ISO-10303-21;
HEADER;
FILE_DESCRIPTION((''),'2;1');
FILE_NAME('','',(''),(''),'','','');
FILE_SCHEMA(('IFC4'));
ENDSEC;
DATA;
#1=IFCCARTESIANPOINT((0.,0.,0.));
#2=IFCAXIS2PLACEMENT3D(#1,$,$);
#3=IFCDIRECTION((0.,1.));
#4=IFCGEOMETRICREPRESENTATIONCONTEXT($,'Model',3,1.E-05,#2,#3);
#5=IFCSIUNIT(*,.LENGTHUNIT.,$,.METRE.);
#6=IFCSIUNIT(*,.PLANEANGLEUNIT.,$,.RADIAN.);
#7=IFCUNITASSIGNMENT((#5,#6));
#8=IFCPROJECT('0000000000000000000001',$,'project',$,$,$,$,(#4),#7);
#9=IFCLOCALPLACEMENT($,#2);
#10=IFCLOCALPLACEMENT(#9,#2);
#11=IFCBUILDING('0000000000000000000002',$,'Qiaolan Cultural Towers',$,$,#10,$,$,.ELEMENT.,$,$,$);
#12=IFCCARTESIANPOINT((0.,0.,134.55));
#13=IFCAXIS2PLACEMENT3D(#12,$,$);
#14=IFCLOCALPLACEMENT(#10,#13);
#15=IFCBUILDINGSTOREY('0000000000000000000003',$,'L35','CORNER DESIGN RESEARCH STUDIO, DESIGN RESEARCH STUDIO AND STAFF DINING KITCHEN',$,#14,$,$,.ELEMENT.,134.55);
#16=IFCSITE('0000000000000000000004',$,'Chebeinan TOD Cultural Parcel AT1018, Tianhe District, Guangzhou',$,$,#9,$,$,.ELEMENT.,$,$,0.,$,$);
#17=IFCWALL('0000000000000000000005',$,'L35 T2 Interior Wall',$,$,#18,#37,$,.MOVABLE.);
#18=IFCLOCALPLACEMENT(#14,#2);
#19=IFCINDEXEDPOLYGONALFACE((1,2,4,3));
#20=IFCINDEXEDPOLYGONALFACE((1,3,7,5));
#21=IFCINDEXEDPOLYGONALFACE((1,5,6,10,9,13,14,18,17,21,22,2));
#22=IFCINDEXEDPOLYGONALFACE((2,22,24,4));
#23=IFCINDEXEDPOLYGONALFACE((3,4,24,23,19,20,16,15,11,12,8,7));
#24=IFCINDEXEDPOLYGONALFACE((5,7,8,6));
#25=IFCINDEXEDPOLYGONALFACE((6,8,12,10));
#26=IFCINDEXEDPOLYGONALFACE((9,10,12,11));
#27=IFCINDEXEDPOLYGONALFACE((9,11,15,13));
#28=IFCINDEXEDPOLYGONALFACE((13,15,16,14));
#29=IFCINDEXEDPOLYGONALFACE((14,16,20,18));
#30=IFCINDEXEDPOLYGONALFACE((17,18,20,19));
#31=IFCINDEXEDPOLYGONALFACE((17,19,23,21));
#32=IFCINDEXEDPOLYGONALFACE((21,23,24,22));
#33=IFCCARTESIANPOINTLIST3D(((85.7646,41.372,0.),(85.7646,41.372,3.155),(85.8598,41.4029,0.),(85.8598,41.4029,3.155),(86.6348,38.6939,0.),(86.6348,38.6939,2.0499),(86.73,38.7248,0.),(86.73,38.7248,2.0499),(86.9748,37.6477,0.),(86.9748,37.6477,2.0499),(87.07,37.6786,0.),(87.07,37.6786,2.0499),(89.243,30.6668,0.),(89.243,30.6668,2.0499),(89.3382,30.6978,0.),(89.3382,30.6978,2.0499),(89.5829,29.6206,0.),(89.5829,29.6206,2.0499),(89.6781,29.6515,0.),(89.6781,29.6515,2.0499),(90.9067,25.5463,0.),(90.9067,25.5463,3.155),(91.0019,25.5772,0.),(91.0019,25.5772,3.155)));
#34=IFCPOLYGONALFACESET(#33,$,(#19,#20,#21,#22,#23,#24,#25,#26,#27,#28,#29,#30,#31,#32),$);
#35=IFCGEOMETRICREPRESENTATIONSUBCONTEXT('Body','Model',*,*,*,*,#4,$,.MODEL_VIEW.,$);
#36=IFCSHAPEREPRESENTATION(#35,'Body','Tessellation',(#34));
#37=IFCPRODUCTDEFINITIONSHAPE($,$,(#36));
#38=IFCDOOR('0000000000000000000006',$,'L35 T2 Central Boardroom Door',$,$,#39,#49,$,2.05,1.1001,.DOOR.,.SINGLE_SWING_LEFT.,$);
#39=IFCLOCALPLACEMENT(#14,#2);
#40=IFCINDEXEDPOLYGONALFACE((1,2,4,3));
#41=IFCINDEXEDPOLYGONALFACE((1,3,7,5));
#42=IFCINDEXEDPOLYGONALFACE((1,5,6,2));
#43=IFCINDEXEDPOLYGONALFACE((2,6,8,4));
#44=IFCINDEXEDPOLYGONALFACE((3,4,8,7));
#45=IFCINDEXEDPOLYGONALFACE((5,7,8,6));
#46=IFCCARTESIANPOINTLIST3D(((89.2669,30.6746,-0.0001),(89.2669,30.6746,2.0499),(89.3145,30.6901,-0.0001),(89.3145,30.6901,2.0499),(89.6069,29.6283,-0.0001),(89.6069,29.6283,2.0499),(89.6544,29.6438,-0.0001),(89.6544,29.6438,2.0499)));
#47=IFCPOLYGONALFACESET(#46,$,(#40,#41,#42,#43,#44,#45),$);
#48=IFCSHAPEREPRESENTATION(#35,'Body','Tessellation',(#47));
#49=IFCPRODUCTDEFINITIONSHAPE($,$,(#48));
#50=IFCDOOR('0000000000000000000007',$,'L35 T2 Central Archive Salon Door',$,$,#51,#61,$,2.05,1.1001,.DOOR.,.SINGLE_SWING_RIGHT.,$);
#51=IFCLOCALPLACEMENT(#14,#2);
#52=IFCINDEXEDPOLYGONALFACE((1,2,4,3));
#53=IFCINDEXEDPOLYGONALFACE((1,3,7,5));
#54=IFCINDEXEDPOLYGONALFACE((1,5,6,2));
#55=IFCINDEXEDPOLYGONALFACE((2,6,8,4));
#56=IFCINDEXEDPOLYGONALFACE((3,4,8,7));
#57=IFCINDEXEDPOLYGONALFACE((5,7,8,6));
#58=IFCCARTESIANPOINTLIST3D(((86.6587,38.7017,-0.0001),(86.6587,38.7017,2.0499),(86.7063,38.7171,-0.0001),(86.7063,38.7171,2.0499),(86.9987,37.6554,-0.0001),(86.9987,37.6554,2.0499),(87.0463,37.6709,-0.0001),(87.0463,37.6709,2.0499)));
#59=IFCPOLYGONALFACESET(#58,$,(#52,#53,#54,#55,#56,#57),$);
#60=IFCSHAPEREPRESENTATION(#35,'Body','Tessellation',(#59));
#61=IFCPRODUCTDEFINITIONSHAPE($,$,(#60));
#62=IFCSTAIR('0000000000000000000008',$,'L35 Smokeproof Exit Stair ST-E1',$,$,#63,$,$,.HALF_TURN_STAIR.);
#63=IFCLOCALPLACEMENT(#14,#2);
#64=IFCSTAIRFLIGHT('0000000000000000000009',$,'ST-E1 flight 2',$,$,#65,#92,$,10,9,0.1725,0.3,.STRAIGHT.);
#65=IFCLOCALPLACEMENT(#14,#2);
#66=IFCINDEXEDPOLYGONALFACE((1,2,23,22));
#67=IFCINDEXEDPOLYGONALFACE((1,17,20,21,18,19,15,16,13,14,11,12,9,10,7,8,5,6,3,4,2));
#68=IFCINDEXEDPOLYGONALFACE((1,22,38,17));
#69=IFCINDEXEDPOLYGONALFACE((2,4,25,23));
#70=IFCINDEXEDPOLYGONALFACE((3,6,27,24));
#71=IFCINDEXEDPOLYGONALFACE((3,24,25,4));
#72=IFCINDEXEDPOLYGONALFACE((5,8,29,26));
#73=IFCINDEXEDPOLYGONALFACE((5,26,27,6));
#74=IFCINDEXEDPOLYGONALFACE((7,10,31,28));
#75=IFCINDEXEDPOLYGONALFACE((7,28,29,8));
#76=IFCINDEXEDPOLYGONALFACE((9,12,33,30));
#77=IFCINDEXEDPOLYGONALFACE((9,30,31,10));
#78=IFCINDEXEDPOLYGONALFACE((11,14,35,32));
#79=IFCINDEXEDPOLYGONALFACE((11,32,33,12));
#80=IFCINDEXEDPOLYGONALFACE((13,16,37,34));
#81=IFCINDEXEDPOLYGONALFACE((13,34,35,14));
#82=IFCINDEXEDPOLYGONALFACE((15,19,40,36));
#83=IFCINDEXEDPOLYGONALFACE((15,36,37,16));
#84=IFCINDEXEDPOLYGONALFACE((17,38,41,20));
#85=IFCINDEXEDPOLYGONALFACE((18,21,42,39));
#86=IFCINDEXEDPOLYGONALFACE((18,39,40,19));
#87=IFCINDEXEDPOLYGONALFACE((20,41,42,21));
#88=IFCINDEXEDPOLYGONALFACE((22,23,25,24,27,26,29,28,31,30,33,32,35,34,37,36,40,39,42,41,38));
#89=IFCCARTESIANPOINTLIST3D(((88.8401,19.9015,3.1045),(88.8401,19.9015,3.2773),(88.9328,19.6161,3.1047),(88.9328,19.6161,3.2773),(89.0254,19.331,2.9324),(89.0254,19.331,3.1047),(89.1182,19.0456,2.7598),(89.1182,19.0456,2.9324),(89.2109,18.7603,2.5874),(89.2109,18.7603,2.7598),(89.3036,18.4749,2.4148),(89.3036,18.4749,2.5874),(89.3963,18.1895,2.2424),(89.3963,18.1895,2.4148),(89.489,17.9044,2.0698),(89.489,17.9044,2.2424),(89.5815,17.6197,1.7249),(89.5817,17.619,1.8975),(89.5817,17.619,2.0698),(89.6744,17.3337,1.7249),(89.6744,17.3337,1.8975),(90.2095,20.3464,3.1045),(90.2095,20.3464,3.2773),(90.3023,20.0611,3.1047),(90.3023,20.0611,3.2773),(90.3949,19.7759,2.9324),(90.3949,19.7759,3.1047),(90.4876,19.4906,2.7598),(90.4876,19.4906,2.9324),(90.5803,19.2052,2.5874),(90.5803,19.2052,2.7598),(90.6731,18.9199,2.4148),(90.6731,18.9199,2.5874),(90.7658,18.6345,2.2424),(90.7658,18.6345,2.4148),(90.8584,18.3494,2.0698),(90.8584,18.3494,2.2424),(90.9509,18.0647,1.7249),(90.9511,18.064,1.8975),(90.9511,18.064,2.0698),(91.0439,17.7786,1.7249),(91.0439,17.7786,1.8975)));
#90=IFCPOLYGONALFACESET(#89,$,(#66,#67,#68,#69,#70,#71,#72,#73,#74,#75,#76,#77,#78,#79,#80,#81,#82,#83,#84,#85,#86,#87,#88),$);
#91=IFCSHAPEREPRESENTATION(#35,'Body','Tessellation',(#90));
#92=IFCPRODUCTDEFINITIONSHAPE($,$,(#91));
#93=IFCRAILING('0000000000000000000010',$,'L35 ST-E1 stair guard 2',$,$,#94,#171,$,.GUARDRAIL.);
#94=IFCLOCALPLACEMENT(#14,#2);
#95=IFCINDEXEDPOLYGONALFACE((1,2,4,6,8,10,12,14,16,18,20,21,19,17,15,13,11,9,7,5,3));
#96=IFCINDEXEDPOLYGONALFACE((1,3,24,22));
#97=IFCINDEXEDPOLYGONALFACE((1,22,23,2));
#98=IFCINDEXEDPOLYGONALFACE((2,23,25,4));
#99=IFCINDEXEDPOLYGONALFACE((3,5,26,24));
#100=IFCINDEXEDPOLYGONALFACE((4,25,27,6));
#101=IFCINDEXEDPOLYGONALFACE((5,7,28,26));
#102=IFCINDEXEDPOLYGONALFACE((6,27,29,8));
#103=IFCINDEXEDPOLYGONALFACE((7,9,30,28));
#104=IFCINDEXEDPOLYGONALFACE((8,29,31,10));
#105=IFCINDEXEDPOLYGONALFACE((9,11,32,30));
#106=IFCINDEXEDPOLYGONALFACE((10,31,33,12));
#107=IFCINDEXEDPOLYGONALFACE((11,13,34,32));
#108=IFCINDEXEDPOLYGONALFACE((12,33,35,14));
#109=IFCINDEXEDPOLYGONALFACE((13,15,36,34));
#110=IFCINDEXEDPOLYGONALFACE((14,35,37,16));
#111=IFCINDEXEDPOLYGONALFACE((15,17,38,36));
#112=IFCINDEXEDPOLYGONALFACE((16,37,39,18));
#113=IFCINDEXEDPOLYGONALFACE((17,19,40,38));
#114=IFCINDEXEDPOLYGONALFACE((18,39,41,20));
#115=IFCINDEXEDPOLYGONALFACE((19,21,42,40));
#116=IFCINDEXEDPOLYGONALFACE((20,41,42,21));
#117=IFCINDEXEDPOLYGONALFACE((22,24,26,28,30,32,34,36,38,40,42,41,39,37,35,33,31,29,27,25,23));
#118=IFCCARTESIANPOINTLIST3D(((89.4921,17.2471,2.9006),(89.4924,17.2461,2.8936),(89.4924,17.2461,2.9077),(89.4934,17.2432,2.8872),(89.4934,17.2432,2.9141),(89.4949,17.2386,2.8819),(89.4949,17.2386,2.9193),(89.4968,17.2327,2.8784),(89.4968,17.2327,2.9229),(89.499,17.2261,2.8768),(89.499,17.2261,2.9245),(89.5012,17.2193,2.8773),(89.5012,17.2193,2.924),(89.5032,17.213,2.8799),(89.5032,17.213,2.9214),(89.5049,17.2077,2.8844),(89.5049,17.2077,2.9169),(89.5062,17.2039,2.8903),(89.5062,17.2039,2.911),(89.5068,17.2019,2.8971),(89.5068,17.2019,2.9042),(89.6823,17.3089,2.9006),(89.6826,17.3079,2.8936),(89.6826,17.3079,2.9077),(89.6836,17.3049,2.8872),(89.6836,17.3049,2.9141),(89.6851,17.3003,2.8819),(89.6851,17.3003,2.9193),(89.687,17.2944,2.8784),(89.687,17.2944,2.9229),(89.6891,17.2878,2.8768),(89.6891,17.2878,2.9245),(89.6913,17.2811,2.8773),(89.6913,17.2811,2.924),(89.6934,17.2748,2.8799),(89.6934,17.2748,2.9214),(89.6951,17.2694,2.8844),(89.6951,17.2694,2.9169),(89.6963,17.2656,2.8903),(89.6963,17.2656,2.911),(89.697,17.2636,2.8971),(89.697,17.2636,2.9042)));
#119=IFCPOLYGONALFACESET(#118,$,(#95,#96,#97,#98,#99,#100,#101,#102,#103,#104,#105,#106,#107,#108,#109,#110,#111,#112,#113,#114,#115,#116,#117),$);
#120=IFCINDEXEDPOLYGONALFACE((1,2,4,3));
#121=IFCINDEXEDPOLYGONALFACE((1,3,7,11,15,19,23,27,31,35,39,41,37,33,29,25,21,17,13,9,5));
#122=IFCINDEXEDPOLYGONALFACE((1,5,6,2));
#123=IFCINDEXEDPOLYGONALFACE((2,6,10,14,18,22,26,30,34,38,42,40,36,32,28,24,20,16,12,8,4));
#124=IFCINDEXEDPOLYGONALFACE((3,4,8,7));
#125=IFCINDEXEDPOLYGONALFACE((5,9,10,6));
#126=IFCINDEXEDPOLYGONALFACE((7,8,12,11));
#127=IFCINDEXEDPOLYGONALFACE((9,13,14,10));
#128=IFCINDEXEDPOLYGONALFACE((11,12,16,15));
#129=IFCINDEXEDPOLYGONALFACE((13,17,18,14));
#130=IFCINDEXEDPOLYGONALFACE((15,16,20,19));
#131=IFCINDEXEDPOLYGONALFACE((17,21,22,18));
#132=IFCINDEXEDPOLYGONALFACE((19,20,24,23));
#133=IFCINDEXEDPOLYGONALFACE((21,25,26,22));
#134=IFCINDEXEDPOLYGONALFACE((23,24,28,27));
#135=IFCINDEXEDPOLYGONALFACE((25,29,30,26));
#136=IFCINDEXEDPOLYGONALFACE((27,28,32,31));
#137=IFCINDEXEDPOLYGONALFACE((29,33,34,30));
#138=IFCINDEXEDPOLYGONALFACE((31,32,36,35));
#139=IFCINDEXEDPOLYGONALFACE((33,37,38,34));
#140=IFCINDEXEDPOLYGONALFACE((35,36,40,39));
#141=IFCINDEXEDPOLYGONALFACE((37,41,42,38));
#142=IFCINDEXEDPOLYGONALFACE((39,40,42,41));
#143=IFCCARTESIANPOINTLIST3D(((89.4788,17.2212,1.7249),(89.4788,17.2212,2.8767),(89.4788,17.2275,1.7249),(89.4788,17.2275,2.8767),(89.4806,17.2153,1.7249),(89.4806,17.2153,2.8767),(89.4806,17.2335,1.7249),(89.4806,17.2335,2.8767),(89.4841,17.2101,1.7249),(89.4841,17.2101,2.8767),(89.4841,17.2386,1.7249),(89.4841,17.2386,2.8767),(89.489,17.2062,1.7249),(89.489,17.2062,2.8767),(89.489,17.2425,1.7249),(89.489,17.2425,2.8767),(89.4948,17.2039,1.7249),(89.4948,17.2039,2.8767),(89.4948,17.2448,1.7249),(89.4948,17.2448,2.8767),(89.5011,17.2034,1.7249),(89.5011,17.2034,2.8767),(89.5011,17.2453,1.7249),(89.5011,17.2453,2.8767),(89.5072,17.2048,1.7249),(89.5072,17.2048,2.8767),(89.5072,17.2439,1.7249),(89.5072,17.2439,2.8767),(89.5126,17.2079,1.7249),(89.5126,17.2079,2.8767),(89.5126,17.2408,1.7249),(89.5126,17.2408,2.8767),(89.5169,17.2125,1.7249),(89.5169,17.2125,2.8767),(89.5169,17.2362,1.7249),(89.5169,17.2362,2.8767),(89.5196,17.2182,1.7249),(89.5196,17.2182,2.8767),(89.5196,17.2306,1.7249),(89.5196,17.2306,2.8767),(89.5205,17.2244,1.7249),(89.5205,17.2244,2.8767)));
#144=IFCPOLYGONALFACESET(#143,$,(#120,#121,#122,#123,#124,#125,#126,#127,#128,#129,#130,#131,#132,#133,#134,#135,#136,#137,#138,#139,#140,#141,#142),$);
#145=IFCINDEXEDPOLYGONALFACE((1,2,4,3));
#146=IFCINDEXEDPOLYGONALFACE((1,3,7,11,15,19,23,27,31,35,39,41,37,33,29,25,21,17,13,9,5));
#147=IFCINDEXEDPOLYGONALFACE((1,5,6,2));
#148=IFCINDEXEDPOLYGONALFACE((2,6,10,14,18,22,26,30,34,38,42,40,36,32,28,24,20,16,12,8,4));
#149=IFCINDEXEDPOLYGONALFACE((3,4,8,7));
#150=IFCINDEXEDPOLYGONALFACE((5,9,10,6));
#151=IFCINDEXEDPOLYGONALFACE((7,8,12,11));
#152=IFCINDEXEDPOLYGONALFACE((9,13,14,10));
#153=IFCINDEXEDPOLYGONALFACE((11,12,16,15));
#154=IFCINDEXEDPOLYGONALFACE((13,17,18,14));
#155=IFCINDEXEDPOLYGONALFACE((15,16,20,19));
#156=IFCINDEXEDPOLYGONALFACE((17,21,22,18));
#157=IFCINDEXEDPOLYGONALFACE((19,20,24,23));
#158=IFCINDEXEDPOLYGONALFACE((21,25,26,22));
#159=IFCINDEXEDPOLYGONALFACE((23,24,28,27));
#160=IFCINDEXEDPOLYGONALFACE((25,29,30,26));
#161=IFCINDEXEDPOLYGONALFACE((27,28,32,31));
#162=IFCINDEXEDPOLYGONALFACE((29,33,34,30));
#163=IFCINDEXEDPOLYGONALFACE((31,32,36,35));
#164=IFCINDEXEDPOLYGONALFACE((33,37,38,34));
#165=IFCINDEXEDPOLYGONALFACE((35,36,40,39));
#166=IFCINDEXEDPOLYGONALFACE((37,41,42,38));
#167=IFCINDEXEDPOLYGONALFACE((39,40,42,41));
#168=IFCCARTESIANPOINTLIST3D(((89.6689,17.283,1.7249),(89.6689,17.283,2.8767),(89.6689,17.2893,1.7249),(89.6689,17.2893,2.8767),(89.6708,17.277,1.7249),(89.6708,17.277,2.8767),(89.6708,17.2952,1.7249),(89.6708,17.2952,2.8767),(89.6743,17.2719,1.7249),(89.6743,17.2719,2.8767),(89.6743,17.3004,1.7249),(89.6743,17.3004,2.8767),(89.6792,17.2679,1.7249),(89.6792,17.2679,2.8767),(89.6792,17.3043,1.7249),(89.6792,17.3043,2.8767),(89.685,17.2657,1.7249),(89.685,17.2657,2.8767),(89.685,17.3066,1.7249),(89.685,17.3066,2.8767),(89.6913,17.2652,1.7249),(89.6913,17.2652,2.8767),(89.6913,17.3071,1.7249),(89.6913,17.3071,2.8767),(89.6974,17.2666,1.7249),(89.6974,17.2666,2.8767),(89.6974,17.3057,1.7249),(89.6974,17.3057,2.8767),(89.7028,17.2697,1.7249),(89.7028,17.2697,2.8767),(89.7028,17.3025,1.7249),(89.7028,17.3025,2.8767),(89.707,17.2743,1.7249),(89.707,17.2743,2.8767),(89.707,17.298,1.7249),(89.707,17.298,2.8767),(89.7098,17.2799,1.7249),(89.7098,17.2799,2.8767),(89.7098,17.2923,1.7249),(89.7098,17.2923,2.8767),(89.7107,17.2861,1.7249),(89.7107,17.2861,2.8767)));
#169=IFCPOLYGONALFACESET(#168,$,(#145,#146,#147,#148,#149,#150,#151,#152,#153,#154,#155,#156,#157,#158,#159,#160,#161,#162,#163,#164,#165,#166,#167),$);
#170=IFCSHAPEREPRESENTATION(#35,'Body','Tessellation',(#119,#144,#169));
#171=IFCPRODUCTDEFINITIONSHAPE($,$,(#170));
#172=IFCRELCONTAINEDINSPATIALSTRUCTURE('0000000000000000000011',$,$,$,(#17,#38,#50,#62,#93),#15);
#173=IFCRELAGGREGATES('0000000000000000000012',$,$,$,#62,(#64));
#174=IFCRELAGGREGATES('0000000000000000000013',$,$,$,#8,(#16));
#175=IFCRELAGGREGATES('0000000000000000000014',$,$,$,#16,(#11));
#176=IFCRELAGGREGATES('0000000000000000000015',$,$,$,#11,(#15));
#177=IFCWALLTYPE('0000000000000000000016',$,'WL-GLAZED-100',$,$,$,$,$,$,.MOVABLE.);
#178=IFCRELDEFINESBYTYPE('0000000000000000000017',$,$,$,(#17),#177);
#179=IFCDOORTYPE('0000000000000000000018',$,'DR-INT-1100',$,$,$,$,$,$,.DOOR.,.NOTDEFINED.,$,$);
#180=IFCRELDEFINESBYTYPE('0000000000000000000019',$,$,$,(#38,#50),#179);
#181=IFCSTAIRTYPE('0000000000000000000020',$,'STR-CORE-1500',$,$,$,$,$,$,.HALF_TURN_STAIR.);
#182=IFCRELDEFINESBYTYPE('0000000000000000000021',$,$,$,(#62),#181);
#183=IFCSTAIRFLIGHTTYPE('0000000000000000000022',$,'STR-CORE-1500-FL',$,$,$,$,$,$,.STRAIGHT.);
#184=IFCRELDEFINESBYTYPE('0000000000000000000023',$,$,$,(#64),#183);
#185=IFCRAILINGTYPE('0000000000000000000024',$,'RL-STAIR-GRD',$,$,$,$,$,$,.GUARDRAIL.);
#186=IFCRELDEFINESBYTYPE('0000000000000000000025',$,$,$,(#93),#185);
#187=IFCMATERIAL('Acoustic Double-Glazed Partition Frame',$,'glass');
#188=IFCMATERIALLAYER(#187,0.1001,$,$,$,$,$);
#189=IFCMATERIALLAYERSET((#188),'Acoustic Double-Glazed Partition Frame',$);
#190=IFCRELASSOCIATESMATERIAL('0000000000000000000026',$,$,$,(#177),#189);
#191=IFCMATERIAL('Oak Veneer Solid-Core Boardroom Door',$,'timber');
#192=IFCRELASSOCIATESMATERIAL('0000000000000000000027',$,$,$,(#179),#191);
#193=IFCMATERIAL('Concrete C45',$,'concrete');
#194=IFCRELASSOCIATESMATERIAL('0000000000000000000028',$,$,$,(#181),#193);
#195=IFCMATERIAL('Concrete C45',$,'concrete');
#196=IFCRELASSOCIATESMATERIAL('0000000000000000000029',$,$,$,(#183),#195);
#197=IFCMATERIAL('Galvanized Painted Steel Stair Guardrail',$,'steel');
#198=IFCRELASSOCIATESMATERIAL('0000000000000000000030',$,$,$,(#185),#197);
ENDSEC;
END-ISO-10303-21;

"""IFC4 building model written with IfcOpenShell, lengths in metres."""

from ifc_helpers import new_model, si_unit, direction, frame, frame_2d, origin, origin_2d, place, context, subcontext, project, spatial, polyline, rectangle, circle, outline, extrude, material, layer, layer_set, type_object, element, fill, aggregate, save


model = new_model("IFC4")

# Units and contexts
model_context = context("Model", 3, precision=1e-05, world=origin(), true_north=direction((0.0, 1.0)))
body_context = subcontext(model_context, "Body", "Model", "MODEL_VIEW")
ifc_project = project(units=[si_unit("LENGTHUNIT", "METRE"), si_unit("PLANEANGLEUNIT", "RADIAN")], contexts=[model_context])

# Site, building, storey
site_placement = place(None, origin())
site = spatial("IfcSite", under=ifc_project, at=site_placement, Name="Chebeinan TOD Cultural Parcel AT1018, Tianhe District, Guangzhou", CompositionType="ELEMENT", RefElevation=0.0)
building_placement = place(site_placement, origin())
building = spatial("IfcBuilding", under=site, at=building_placement, Name="Qiaolan Cultural Towers", CompositionType="ELEMENT")
storey_placement = place(building_placement, frame((0.0, 0.0, 134.55)))
storey = spatial("IfcBuildingStorey", under=building, at=storey_placement, Name="L35", Description="CORNER DESIGN RESEARCH STUDIO, DESIGN RESEARCH STUDIO AND STAFF DINING KITCHEN", CompositionType="ELEMENT", Elevation=134.55)

# Shared definitions
ifc_material_1 = material(Name="Acoustic Double-Glazed Partition Frame", Category="glass")
ifc_layer_1 = layer(ifc_material_1, 0.1001)
ifc_layer_set_1 = layer_set([ifc_layer_1], Name="Acoustic Double-Glazed Partition Frame")
wall_type_1 = type_object("IfcWallType", Name="WL-GLAZED-100", PredefinedType="MOVABLE", material=ifc_layer_set_1)

# Wall, openings, doors
wall_1_placement = place(storey_placement, frame((90.9543, 25.5618, 0.0), z_axis=(0.0, 0.0, 1.0), x_axis=(-0.309018, 0.951056, 0.0)))
wall_1 = element("IfcWall", 1, at=wall_1_placement, inside=storey, type_object=wall_type_1, Name="L35 T2 Interior Wall", PredefinedType="MOVABLE", context=body_context, shape_type="SweptSolid", body=[
    extrude(rectangle(XDim=16.6401, YDim=0.1001, at=frame_2d((8.3201, 0.0))), origin(), (0.0, 0.0, 1.0), 3.155),
])
opening_1_placement = place(wall_1_placement, frame((4.2839, 0.0, 0.0)))
opening_1 = element("IfcOpeningElement", 2, at=opening_1_placement, cuts=wall_1, PredefinedType="OPENING", context=body_context, shape_type="SweptSolid", body=[
    extrude(rectangle(XDim=1.1001, YDim=2.05, at=frame_2d((0.55, 1.0249))), frame((0.0, 0.0601, 0.0), z_axis=(0.0, -1.0, 0.0), x_axis=(1.0, 0.0, 0.0)), (0.0, 0.0, 1.0), 0.1201),
])
opening_2_placement = place(wall_1_placement, frame((12.7241, 0.0, 0.0)))
opening_2 = element("IfcOpeningElement", 3, at=opening_2_placement, cuts=wall_1, PredefinedType="OPENING", context=body_context, shape_type="SweptSolid", body=[
    extrude(rectangle(XDim=1.1001, YDim=2.05, at=frame_2d((0.55, 1.0249))), frame((0.0, 0.0601, 0.0), z_axis=(0.0, -1.0, 0.0), x_axis=(1.0, 0.0, 0.0)), (0.0, 0.0, 1.0), 0.1201),
])
ifc_material_2 = material(Name="Oak Veneer Solid-Core Boardroom Door", Category="timber")
door_type_1 = type_object("IfcDoorType", Name="DR-INT-1100", OperationType="NOTDEFINED", PredefinedType="DOOR", material=ifc_material_2)
door_1_placement = place(opening_1_placement, origin())
door_1 = element("IfcDoor", 4, at=door_1_placement, inside=storey, type_object=door_type_1, Name="L35 T2 Central Boardroom Door", OperationType="SINGLE_SWING_LEFT", OverallHeight=2.05, OverallWidth=1.1001, PredefinedType="DOOR", context=body_context, shape_type="SweptSolid", body=[
    extrude(rectangle(XDim=1.1001, YDim=2.05, at=frame_2d((0.55, 1.0249))), frame((0.0, 0.0249, 0.0), z_axis=(0.0, -1.0, 0.0), x_axis=(1.0, 0.0, 0.0)), (0.0, 0.0, 1.0), 0.05),
])
fill(opening_1, door_1)
door_2_placement = place(opening_2_placement, origin())
door_2 = element("IfcDoor", 5, at=door_2_placement, inside=storey, type_object=door_type_1, Name="L35 T2 Central Archive Salon Door", OperationType="SINGLE_SWING_RIGHT", OverallHeight=2.05, OverallWidth=1.1001, PredefinedType="DOOR", context=body_context, shape_type="SweptSolid", body=[
    extrude(rectangle(XDim=1.1001, YDim=2.05, at=frame_2d((0.55, 1.0249))), frame((0.0, 0.0249, 0.0), z_axis=(0.0, -1.0, 0.0), x_axis=(1.0, 0.0, 0.0)), (0.0, 0.0, 1.0), 0.05),
])
fill(opening_2, door_2)

# Stair, stair flight
ifc_material_3 = material(Name="Concrete C45", Category="concrete")
stair_type = type_object("IfcStairType", Name="STR-CORE-1500", PredefinedType="HALF_TURN_STAIR", material=ifc_material_3)
stair_placement = place(storey_placement, origin())
stair = element("IfcStair", 6, at=stair_placement, inside=storey, type_object=stair_type, Name="L35 Smokeproof Exit Stair ST-E1", PredefinedType="HALF_TURN_STAIR")
ifc_material_4 = material(Name="Concrete C45", Category="concrete")
stair_flight_type = type_object("IfcStairFlightType", Name="STR-CORE-1500-FL", PredefinedType="STRAIGHT", material=ifc_material_4)
stair_flight_placement = place(storey_placement, frame((90.3591, 17.5562, 1.7249), z_axis=(0.0, 0.0, 1.0), x_axis=(-0.309017, 0.951057, 0.0)))
stair_flight = element("IfcStairFlight", 7, at=stair_flight_placement, type_object=stair_flight_type, Name="ST-E1 flight 2", NumberOfRisers=10, NumberOfTreads=9, PredefinedType="STRAIGHT", RiserHeight=0.1725, TreadLength=0.3, context=body_context, shape_type="SweptSolid", body=[
    extrude(outline(polyline([(0.0, 0.0), (0.0, 0.1726), (0.3, 0.1726), (0.3, 0.345), (0.6001, 0.345), (0.6001, 0.5176), (0.8999, 0.5176), (0.8999, 0.6899), (1.2, 0.6899), (1.2, 0.8625), (1.5, 0.8625), (1.5, 1.0349), (1.8, 1.0349), (1.8, 1.2075), (2.1001, 1.2075), (2.1001, 1.3799), (2.3999, 1.3799), (2.3999, 1.5525), (2.7, 1.5525), (2.7, 1.7251), (2.7, 1.3796), (0.3008, 0.0), (0.0, 0.0)])), frame((0.0, 0.72, 0.0), z_axis=(0.0, -1.0, 0.0), x_axis=(1.0, 0.0, 0.0)), (0.0, 0.0, 1.0), 1.4399),
])
aggregate(stair, [stair_flight])

# Railing
ifc_material_5 = material(Name="Galvanized Painted Steel Stair Guardrail", Category="steel")
railing_type_1 = type_object("IfcRailingType", Name="RL-STAIR-GRD", PredefinedType="GUARDRAIL", material=ifc_material_5)
railing_1_placement = place(storey_placement, frame((89.4995, 17.2244, 1.7249)))
element("IfcRailing", 8, at=railing_1_placement, inside=storey, type_object=railing_type_1, Name="L35 ST-E1 stair guard 2", PredefinedType="GUARDRAIL", context=body_context, shape_type="SweptSolid", body=[
    extrude(circle(Radius=0.0239, at=origin_2d()), frame((0.0, 0.0, 1.1758), z_axis=(0.951097, 0.308893, 0.0), x_axis=(-0.308893, 0.951097, 0.0)), (0.0, 0.0, 1.0), 0.2),
    extrude(circle(Radius=0.021, at=origin_2d()), origin(), (0.0, 0.0, 1.0), 1.1519),
    extrude(circle(Radius=0.021, at=origin_2d()), frame((0.1902, 0.0618, 0.0)), (0.0, 0.0, 1.0), 1.1519),
])

save(model, "model.ifc")
